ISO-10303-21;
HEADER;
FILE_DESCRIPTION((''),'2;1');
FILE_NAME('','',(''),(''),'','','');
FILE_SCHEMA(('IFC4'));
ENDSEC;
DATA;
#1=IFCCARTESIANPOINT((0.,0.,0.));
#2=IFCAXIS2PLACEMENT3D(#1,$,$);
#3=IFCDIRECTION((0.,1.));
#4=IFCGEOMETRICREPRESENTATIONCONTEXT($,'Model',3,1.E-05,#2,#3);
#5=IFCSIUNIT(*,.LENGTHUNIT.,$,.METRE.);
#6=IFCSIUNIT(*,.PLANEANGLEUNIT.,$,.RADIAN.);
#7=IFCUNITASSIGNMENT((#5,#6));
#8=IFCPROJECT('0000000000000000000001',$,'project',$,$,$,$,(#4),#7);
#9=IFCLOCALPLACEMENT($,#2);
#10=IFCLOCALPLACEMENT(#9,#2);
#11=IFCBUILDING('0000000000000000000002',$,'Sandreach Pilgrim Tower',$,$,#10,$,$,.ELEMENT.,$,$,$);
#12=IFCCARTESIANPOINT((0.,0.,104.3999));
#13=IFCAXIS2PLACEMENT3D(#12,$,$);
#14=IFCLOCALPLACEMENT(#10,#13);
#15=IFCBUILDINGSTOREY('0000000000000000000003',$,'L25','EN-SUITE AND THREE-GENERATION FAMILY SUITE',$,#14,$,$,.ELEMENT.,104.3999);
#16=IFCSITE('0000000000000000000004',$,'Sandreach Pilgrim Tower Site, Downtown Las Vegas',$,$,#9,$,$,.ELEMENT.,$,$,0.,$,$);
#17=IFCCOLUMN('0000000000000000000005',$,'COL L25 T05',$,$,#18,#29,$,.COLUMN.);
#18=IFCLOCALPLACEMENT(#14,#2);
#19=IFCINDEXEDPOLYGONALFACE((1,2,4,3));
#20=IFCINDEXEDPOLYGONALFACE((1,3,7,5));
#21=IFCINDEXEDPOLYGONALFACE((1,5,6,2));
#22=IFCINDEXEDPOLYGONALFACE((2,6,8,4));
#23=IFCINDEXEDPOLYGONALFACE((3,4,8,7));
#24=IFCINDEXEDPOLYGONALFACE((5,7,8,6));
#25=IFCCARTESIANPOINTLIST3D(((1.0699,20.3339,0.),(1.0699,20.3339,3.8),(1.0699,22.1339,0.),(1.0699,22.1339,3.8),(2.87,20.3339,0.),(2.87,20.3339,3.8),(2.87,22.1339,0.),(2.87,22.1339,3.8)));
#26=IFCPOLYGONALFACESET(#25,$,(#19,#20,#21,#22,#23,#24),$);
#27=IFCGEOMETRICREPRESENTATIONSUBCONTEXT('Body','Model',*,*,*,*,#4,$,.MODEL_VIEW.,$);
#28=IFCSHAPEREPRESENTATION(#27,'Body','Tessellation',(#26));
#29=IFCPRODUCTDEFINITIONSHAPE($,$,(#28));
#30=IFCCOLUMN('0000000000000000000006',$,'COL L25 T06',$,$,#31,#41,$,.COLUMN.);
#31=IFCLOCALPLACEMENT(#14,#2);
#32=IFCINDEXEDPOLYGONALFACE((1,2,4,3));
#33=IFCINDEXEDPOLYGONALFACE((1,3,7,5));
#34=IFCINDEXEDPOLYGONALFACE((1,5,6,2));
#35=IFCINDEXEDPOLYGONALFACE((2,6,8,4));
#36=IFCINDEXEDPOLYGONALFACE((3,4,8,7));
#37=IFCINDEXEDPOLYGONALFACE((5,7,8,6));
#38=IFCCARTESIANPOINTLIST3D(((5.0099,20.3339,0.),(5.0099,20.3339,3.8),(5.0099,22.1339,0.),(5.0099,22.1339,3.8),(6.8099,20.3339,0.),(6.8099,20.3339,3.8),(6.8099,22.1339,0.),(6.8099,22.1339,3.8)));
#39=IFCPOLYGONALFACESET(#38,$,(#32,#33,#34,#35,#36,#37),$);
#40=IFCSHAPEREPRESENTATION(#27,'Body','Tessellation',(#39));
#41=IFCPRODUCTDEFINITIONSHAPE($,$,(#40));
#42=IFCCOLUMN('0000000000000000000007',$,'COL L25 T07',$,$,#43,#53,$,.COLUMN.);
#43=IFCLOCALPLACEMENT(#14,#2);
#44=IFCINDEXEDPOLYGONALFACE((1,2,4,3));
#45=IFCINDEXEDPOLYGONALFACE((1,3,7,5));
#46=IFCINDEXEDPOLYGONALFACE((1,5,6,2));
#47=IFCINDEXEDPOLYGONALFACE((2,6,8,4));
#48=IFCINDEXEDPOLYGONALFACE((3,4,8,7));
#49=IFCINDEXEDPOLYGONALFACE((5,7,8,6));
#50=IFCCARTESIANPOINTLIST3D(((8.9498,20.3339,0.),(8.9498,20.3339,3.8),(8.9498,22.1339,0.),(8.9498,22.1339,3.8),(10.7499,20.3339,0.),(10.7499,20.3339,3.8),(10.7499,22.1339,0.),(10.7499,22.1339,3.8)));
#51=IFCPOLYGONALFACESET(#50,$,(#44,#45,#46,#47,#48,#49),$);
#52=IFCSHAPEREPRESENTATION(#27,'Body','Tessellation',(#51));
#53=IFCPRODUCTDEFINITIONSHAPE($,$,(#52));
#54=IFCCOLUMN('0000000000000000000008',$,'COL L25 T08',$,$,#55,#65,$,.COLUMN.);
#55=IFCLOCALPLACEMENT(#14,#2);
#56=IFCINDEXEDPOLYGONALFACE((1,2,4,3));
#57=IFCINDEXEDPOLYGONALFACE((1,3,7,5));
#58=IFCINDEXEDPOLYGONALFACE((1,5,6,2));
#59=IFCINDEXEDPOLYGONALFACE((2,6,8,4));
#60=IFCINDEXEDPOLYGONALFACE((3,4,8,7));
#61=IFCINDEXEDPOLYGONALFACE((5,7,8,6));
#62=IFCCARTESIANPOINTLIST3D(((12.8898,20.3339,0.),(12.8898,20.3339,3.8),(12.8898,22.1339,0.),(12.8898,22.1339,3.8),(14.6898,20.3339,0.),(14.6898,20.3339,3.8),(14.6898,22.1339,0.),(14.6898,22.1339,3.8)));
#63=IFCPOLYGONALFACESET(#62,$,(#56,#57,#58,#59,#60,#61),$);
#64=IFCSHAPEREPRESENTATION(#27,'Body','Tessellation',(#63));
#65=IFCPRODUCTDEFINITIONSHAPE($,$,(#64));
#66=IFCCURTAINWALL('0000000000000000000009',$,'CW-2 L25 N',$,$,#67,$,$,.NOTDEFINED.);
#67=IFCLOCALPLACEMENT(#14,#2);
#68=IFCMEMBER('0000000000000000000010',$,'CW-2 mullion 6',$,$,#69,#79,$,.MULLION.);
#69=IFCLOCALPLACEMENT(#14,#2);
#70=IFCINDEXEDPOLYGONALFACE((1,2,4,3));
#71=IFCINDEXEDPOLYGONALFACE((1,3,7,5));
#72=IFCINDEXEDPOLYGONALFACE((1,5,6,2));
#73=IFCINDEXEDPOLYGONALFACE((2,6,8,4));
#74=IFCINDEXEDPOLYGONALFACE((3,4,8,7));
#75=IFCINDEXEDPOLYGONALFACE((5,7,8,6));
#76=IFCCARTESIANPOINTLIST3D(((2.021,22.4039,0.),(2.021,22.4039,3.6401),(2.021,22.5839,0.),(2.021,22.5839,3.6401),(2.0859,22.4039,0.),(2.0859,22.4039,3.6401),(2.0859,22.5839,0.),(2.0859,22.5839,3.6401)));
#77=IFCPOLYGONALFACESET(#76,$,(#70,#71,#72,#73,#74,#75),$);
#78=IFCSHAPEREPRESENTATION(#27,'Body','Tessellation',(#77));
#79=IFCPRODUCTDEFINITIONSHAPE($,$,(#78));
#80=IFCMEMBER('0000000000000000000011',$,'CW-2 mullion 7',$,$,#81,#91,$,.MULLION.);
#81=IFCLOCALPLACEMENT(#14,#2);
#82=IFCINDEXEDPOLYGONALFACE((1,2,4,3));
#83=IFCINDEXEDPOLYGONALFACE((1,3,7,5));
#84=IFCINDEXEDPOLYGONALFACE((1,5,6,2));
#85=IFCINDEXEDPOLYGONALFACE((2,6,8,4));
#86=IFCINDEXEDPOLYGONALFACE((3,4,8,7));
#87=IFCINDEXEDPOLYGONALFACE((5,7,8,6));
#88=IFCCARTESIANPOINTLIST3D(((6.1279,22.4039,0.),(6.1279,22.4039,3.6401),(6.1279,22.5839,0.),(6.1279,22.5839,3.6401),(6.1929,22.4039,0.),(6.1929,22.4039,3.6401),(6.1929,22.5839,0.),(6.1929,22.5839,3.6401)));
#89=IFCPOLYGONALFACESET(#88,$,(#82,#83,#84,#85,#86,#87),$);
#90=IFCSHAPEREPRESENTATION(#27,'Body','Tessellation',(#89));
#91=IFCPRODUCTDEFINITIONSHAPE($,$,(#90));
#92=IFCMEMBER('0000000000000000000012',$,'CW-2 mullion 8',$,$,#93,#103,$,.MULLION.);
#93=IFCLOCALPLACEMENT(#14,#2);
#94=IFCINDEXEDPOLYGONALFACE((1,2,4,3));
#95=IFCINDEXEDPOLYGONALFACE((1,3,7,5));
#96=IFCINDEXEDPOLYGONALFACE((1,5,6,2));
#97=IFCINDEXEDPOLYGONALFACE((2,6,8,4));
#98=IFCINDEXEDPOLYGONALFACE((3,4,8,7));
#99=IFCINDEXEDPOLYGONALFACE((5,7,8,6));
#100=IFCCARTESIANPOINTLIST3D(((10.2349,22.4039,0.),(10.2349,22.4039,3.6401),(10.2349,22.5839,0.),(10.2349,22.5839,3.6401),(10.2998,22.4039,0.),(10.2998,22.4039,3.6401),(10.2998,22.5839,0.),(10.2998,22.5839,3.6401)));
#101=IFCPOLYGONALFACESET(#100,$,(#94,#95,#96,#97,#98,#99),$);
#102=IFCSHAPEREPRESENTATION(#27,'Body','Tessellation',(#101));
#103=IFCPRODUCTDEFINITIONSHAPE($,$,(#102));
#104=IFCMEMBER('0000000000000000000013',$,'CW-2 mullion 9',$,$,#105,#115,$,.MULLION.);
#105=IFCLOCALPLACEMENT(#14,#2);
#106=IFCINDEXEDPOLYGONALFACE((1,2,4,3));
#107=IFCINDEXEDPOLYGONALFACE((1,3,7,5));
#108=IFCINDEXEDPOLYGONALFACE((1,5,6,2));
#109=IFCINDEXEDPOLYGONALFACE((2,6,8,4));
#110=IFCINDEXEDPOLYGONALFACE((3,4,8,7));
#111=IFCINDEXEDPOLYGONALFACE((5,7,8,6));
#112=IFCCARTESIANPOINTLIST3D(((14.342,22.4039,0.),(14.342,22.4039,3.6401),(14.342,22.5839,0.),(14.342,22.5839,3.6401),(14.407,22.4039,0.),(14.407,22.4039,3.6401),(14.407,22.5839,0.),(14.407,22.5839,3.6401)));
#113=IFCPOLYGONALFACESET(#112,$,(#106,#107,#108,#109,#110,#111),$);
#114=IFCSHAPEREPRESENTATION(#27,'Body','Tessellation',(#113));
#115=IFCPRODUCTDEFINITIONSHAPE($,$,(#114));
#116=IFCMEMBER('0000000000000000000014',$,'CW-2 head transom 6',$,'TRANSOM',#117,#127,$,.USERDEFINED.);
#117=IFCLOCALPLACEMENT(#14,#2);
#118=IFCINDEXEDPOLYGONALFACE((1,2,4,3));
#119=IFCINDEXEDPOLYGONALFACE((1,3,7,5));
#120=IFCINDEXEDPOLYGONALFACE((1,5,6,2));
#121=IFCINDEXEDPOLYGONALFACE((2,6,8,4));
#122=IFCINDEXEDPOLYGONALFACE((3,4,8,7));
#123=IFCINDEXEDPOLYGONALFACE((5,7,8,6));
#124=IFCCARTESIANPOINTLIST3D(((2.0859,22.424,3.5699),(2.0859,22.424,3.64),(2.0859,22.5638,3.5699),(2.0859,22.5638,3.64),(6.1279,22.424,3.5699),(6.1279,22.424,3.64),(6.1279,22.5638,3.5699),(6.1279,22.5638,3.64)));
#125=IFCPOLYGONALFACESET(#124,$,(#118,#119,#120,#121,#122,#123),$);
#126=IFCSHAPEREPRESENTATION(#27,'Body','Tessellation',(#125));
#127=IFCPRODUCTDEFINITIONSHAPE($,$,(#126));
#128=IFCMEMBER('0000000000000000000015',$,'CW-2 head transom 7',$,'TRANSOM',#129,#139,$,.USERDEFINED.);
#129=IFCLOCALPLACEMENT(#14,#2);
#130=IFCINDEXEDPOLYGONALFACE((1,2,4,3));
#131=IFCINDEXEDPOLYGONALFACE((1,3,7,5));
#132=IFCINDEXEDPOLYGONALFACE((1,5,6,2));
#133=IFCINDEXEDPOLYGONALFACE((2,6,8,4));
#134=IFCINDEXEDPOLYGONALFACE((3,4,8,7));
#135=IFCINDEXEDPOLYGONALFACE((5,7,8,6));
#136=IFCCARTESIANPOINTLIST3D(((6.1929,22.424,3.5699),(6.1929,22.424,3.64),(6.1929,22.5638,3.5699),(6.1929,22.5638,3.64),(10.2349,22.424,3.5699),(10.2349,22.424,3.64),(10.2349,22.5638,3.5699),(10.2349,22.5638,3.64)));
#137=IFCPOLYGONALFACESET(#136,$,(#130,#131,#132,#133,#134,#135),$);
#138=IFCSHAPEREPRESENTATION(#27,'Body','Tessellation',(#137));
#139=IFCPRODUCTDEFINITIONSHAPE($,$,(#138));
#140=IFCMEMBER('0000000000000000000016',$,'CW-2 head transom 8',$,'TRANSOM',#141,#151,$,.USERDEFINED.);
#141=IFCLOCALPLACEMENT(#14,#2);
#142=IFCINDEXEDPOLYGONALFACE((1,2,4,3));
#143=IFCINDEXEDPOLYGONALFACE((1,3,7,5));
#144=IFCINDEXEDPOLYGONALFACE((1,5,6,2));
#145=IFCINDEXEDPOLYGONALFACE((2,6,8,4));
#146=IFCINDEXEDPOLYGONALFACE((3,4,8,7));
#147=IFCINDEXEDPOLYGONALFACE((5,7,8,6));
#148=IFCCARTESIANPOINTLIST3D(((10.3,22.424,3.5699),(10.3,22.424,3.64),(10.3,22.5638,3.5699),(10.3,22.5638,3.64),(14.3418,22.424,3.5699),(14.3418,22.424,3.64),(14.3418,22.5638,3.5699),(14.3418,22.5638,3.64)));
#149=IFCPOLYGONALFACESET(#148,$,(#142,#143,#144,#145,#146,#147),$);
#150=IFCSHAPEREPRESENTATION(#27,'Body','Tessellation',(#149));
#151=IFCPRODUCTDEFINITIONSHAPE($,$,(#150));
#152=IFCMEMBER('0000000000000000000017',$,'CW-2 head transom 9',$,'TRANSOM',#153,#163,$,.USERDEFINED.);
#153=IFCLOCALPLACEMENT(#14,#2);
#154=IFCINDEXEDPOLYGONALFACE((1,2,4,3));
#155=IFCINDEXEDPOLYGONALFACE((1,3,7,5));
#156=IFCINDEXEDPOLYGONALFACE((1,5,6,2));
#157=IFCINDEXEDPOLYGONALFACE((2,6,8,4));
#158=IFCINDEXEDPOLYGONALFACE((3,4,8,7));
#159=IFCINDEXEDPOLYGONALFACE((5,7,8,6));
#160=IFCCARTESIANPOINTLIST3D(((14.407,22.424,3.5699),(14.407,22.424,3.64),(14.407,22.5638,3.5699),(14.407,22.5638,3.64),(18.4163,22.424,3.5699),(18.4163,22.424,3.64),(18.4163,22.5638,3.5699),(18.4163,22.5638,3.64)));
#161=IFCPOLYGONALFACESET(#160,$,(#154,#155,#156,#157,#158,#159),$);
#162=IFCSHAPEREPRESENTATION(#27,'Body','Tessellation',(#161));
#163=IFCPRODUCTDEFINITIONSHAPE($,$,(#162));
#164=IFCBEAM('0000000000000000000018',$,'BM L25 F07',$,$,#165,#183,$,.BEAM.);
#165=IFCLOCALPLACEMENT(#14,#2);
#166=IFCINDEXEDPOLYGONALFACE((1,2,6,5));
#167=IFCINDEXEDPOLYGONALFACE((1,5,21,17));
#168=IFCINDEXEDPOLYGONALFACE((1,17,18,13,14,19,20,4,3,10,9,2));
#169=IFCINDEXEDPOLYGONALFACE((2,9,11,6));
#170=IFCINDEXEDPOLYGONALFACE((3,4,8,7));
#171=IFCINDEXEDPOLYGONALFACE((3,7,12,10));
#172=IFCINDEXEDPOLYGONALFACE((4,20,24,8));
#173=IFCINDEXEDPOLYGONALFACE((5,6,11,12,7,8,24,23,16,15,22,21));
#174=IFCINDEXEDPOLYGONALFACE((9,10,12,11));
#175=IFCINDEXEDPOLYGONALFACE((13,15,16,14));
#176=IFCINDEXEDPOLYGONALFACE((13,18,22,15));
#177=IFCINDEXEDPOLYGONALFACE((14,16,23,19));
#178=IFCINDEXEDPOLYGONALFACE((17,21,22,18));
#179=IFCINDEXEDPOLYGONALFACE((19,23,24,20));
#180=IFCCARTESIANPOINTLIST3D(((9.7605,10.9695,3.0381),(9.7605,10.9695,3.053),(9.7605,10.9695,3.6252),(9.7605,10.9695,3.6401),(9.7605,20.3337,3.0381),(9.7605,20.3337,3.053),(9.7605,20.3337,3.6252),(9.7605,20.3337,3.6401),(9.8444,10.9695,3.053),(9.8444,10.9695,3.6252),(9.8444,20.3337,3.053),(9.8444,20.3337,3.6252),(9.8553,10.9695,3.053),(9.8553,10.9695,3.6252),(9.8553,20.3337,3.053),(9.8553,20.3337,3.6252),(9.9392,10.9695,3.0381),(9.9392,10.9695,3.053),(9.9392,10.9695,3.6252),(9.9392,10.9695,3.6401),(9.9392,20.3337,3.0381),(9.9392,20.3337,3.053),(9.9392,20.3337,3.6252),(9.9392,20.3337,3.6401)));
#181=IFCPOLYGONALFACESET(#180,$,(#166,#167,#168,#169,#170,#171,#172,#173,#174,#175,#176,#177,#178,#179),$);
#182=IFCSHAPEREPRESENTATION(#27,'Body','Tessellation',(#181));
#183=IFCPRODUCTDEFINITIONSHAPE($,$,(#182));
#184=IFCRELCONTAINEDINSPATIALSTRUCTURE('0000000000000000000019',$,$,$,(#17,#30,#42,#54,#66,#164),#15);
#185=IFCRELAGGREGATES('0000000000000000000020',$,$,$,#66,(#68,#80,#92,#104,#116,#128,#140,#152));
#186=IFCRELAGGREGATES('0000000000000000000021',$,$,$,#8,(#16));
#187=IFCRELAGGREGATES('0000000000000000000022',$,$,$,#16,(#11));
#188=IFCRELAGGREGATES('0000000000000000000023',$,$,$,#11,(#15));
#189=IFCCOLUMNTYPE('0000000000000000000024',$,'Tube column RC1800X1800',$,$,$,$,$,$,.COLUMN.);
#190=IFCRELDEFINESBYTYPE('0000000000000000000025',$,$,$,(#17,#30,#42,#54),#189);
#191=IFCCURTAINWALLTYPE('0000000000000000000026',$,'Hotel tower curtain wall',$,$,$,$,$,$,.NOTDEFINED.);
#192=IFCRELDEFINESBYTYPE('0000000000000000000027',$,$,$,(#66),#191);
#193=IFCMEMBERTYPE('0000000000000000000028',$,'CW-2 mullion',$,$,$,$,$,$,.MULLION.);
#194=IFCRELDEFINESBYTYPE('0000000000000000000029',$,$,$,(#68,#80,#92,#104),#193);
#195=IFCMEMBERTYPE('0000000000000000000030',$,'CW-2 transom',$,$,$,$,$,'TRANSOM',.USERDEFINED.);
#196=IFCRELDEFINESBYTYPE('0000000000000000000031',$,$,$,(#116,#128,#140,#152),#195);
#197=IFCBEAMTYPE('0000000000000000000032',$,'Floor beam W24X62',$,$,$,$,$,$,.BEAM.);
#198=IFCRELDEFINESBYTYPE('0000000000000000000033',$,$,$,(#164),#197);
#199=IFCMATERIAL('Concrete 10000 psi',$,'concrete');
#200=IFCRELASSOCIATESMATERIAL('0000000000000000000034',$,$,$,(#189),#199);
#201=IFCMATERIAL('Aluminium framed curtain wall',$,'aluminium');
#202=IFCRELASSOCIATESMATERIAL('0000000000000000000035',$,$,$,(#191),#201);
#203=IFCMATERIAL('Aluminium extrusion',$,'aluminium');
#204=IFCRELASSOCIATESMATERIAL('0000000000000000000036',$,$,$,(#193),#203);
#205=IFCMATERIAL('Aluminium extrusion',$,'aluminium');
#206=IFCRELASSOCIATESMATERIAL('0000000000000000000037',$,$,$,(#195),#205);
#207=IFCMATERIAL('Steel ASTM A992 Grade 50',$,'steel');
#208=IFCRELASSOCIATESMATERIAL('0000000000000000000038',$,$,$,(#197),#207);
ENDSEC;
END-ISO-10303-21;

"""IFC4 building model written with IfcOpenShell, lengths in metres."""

from ifc_helpers import new_model, si_unit, direction, frame, origin, origin_2d, place, context, subcontext, project, spatial, rectangle, i_section, extrude, material, material_profile, profile_set, type_object, element, aggregate, save


model = new_model("IFC4")

# Units and contexts
model_context = context("Model", 3, precision=1e-05, world=origin(), true_north=direction((0.0, 1.0)))
body_context = subcontext(model_context, "Body", "Model", "MODEL_VIEW")
ifc_project = project(units=[si_unit("LENGTHUNIT", "METRE"), si_unit("PLANEANGLEUNIT", "RADIAN")], contexts=[model_context])

# Site, building, storey
site_placement = place(None, origin())
site = spatial("IfcSite", under=ifc_project, at=site_placement, Name="Sandreach Pilgrim Tower Site, Downtown Las Vegas", CompositionType="ELEMENT", RefElevation=0.0)
building_placement = place(site_placement, origin())
building = spatial("IfcBuilding", under=site, at=building_placement, Name="Sandreach Pilgrim Tower", CompositionType="ELEMENT")
storey_placement = place(building_placement, frame((0.0, 0.0, 104.3999)))
storey = spatial("IfcBuildingStorey", under=building, at=storey_placement, Name="L25", Description="EN-SUITE AND THREE-GENERATION FAMILY SUITE", CompositionType="ELEMENT", Elevation=104.3999)

# Columns
ifc_material_1 = material(Name="Concrete 10000 psi", Category="concrete")
ifc_material_profile_1 = material_profile(ifc_material_1, rectangle(XDim=1.8, YDim=1.8, at=origin_2d()), Name="RC1800X1800")
ifc_profile_set_1 = profile_set([ifc_material_profile_1], Name="Concrete 10000 psi")
column_type = type_object("IfcColumnType", Name="Tube column RC1800X1800", PredefinedType="COLUMN", material=ifc_profile_set_1)
for number, where, z_axis, x_axis, name in (
    (1, (1.97, 21.2339, 0.0), (0.0, 0.0, 1.0), (0.0, 1.0, 0.0), "COL L25 T05"),
    (2, (5.9099, 21.2339, 0.0), (0.0, 0.0, 1.0), (0.0, 1.0, 0.0), "COL L25 T06"),
    (3, (9.8499, 21.2339, 0.0), (0.0, 0.0, 1.0), (0.0, 1.0, 0.0), "COL L25 T07"),
    (4, (13.7898, 21.2339, 0.0), (0.0, 0.0, 1.0), (0.0, 1.0, 0.0), "COL L25 T08"),
):
    element("IfcColumn", number, at=place(storey_placement, frame(where, z_axis=z_axis, x_axis=x_axis)), inside=storey, type_object=column_type, Name=name, PredefinedType="COLUMN", context=body_context, shape_type="SweptSolid", body=[
        extrude(rectangle(XDim=1.8, YDim=1.8, at=origin_2d()), origin(), (0.0, 0.0, 1.0), 3.8),
    ])

# Curtain wall, members
ifc_material_2 = material(Name="Aluminium framed curtain wall", Category="aluminium")
curtain_wall_type = type_object("IfcCurtainWallType", Name="Hotel tower curtain wall", PredefinedType="NOTDEFINED", material=ifc_material_2)
curtain_wall_placement = place(storey_placement, origin())
curtain_wall = element("IfcCurtainWall", 5, at=curtain_wall_placement, inside=storey, type_object=curtain_wall_type, Name="CW-2 L25 N", PredefinedType="NOTDEFINED")
ifc_material_3 = material(Name="Aluminium extrusion", Category="aluminium")
ifc_material_profile_2 = material_profile(ifc_material_3, rectangle(XDim=0.0649, YDim=0.1799, at=origin_2d()), Name="CW-2M 65X180")
ifc_profile_set_2 = profile_set([ifc_material_profile_2], Name="Aluminium extrusion")
member_type_1 = type_object("IfcMemberType", Name="CW-2 mullion", PredefinedType="MULLION", material=ifc_profile_set_2)
member_1_placement = place(storey_placement, frame((2.0535, 22.4939, 0.0), z_axis=(0.0, 0.0, 1.0), x_axis=(1.0, 0.0, 0.0)))
member_1 = element("IfcMember", 6, at=member_1_placement, type_object=member_type_1, Name="CW-2 mullion 6", PredefinedType="MULLION", context=body_context, shape_type="SweptSolid", body=[
    extrude(rectangle(XDim=0.0649, YDim=0.1799, at=origin_2d()), origin(), (0.0, 0.0, 1.0), 3.6401),
])
member_2_placement = place(storey_placement, frame((6.1604, 22.4939, 0.0), z_axis=(0.0, 0.0, 1.0), x_axis=(1.0, 0.0, 0.0)))
member_2 = element("IfcMember", 7, at=member_2_placement, type_object=member_type_1, Name="CW-2 mullion 7", PredefinedType="MULLION", context=body_context, shape_type="SweptSolid", body=[
    extrude(rectangle(XDim=0.0649, YDim=0.1799, at=origin_2d()), origin(), (0.0, 0.0, 1.0), 3.6401),
])
member_3_placement = place(storey_placement, frame((10.2673, 22.4939, 0.0), z_axis=(0.0, 0.0, 1.0), x_axis=(1.0, 0.0, 0.0)))
member_3 = element("IfcMember", 8, at=member_3_placement, type_object=member_type_1, Name="CW-2 mullion 8", PredefinedType="MULLION", context=body_context, shape_type="SweptSolid", body=[
    extrude(rectangle(XDim=0.0649, YDim=0.1799, at=origin_2d()), origin(), (0.0, 0.0, 1.0), 3.6401),
])
member_4_placement = place(storey_placement, frame((14.3745, 22.4939, 0.0), z_axis=(0.0, 0.0, 1.0), x_axis=(1.0, 0.0, 0.0)))
member_4 = element("IfcMember", 9, at=member_4_placement, type_object=member_type_1, Name="CW-2 mullion 9", PredefinedType="MULLION", context=body_context, shape_type="SweptSolid", body=[
    extrude(rectangle(XDim=0.0649, YDim=0.1799, at=origin_2d()), origin(), (0.0, 0.0, 1.0), 3.6401),
])
ifc_material_4 = material(Name="Aluminium extrusion", Category="aluminium")
ifc_material_profile_3 = material_profile(ifc_material_4, rectangle(XDim=0.1399, YDim=0.0701, at=origin_2d()), Name="CW-2T 140X70")
ifc_profile_set_3 = profile_set([ifc_material_profile_3], Name="Aluminium extrusion")
member_type_2 = type_object("IfcMemberType", Name="CW-2 transom", ElementType="TRANSOM", PredefinedType="USERDEFINED", material=ifc_profile_set_3)
member_5_placement = place(storey_placement, frame((2.0859, 22.4939, 3.605), z_axis=(1.0, 0.0, 0.0), x_axis=(0.0, 1.0, 0.0)))
member_5 = element("IfcMember", 10, at=member_5_placement, type_object=member_type_2, Name="CW-2 head transom 6", ObjectType="TRANSOM", PredefinedType="USERDEFINED", context=body_context, shape_type="SweptSolid", body=[
    extrude(rectangle(XDim=0.1399, YDim=0.0701, at=origin_2d()), origin(), (0.0, 0.0, 1.0), 4.042),
])
member_6_placement = place(storey_placement, frame((6.1929, 22.4939, 3.605), z_axis=(1.0, 0.0, 0.0), x_axis=(0.0, 1.0, 0.0)))
member_6 = element("IfcMember", 11, at=member_6_placement, type_object=member_type_2, Name="CW-2 head transom 7", ObjectType="TRANSOM", PredefinedType="USERDEFINED", context=body_context, shape_type="SweptSolid", body=[
    extrude(rectangle(XDim=0.1399, YDim=0.0701, at=origin_2d()), origin(), (0.0, 0.0, 1.0), 4.042),
])
member_7_placement = place(storey_placement, frame((10.3, 22.4939, 3.605), z_axis=(1.0, 0.0, 0.0), x_axis=(0.0, 1.0, 0.0)))
member_7 = element("IfcMember", 12, at=member_7_placement, type_object=member_type_2, Name="CW-2 head transom 8", ObjectType="TRANSOM", PredefinedType="USERDEFINED", context=body_context, shape_type="SweptSolid", body=[
    extrude(rectangle(XDim=0.1399, YDim=0.0701, at=origin_2d()), origin(), (0.0, 0.0, 1.0), 4.0417),
])
member_8_placement = place(storey_placement, frame((14.407, 22.4939, 3.605), z_axis=(1.0, 0.0, 0.0), x_axis=(0.0, 1.0, 0.0)))
member_8 = element("IfcMember", 13, at=member_8_placement, type_object=member_type_2, Name="CW-2 head transom 9", ObjectType="TRANSOM", PredefinedType="USERDEFINED", context=body_context, shape_type="SweptSolid", body=[
    extrude(rectangle(XDim=0.1399, YDim=0.0701, at=origin_2d()), origin(), (0.0, 0.0, 1.0), 4.0093),
])

# Beam
ifc_material_5 = material(Name="Steel ASTM A992 Grade 50", Category="steel")
ifc_material_profile_4 = material_profile(ifc_material_5, i_section(OverallWidth=0.1787, OverallDepth=0.6021, WebThickness=0.011, FlangeThickness=0.0149, at=origin_2d()), Name="W24X62")
ifc_profile_set_4 = profile_set([ifc_material_profile_4], Name="Steel ASTM A992 Grade 50")
beam_type_1 = type_object("IfcBeamType", Name="Floor beam W24X62", PredefinedType="BEAM", material=ifc_profile_set_4)
beam_1_placement = place(storey_placement, frame((9.8499, 20.3337, 3.3391), z_axis=(0.0, -1.0, 0.0), x_axis=(1.0, 0.0, 0.0)))
element("IfcBeam", 14, at=beam_1_placement, inside=storey, type_object=beam_type_1, Name="BM L25 F07", PredefinedType="BEAM", context=body_context, shape_type="SweptSolid", body=[
    extrude(i_section(OverallWidth=0.1787, OverallDepth=0.6021, WebThickness=0.011, FlangeThickness=0.0149, at=origin_2d()), origin(), (0.0, 0.0, 1.0), 9.3643),
])

aggregate(curtain_wall, [member_1, member_2, member_3, member_4, member_5, member_6, member_7, member_8])

save(model, "model.ifc")
